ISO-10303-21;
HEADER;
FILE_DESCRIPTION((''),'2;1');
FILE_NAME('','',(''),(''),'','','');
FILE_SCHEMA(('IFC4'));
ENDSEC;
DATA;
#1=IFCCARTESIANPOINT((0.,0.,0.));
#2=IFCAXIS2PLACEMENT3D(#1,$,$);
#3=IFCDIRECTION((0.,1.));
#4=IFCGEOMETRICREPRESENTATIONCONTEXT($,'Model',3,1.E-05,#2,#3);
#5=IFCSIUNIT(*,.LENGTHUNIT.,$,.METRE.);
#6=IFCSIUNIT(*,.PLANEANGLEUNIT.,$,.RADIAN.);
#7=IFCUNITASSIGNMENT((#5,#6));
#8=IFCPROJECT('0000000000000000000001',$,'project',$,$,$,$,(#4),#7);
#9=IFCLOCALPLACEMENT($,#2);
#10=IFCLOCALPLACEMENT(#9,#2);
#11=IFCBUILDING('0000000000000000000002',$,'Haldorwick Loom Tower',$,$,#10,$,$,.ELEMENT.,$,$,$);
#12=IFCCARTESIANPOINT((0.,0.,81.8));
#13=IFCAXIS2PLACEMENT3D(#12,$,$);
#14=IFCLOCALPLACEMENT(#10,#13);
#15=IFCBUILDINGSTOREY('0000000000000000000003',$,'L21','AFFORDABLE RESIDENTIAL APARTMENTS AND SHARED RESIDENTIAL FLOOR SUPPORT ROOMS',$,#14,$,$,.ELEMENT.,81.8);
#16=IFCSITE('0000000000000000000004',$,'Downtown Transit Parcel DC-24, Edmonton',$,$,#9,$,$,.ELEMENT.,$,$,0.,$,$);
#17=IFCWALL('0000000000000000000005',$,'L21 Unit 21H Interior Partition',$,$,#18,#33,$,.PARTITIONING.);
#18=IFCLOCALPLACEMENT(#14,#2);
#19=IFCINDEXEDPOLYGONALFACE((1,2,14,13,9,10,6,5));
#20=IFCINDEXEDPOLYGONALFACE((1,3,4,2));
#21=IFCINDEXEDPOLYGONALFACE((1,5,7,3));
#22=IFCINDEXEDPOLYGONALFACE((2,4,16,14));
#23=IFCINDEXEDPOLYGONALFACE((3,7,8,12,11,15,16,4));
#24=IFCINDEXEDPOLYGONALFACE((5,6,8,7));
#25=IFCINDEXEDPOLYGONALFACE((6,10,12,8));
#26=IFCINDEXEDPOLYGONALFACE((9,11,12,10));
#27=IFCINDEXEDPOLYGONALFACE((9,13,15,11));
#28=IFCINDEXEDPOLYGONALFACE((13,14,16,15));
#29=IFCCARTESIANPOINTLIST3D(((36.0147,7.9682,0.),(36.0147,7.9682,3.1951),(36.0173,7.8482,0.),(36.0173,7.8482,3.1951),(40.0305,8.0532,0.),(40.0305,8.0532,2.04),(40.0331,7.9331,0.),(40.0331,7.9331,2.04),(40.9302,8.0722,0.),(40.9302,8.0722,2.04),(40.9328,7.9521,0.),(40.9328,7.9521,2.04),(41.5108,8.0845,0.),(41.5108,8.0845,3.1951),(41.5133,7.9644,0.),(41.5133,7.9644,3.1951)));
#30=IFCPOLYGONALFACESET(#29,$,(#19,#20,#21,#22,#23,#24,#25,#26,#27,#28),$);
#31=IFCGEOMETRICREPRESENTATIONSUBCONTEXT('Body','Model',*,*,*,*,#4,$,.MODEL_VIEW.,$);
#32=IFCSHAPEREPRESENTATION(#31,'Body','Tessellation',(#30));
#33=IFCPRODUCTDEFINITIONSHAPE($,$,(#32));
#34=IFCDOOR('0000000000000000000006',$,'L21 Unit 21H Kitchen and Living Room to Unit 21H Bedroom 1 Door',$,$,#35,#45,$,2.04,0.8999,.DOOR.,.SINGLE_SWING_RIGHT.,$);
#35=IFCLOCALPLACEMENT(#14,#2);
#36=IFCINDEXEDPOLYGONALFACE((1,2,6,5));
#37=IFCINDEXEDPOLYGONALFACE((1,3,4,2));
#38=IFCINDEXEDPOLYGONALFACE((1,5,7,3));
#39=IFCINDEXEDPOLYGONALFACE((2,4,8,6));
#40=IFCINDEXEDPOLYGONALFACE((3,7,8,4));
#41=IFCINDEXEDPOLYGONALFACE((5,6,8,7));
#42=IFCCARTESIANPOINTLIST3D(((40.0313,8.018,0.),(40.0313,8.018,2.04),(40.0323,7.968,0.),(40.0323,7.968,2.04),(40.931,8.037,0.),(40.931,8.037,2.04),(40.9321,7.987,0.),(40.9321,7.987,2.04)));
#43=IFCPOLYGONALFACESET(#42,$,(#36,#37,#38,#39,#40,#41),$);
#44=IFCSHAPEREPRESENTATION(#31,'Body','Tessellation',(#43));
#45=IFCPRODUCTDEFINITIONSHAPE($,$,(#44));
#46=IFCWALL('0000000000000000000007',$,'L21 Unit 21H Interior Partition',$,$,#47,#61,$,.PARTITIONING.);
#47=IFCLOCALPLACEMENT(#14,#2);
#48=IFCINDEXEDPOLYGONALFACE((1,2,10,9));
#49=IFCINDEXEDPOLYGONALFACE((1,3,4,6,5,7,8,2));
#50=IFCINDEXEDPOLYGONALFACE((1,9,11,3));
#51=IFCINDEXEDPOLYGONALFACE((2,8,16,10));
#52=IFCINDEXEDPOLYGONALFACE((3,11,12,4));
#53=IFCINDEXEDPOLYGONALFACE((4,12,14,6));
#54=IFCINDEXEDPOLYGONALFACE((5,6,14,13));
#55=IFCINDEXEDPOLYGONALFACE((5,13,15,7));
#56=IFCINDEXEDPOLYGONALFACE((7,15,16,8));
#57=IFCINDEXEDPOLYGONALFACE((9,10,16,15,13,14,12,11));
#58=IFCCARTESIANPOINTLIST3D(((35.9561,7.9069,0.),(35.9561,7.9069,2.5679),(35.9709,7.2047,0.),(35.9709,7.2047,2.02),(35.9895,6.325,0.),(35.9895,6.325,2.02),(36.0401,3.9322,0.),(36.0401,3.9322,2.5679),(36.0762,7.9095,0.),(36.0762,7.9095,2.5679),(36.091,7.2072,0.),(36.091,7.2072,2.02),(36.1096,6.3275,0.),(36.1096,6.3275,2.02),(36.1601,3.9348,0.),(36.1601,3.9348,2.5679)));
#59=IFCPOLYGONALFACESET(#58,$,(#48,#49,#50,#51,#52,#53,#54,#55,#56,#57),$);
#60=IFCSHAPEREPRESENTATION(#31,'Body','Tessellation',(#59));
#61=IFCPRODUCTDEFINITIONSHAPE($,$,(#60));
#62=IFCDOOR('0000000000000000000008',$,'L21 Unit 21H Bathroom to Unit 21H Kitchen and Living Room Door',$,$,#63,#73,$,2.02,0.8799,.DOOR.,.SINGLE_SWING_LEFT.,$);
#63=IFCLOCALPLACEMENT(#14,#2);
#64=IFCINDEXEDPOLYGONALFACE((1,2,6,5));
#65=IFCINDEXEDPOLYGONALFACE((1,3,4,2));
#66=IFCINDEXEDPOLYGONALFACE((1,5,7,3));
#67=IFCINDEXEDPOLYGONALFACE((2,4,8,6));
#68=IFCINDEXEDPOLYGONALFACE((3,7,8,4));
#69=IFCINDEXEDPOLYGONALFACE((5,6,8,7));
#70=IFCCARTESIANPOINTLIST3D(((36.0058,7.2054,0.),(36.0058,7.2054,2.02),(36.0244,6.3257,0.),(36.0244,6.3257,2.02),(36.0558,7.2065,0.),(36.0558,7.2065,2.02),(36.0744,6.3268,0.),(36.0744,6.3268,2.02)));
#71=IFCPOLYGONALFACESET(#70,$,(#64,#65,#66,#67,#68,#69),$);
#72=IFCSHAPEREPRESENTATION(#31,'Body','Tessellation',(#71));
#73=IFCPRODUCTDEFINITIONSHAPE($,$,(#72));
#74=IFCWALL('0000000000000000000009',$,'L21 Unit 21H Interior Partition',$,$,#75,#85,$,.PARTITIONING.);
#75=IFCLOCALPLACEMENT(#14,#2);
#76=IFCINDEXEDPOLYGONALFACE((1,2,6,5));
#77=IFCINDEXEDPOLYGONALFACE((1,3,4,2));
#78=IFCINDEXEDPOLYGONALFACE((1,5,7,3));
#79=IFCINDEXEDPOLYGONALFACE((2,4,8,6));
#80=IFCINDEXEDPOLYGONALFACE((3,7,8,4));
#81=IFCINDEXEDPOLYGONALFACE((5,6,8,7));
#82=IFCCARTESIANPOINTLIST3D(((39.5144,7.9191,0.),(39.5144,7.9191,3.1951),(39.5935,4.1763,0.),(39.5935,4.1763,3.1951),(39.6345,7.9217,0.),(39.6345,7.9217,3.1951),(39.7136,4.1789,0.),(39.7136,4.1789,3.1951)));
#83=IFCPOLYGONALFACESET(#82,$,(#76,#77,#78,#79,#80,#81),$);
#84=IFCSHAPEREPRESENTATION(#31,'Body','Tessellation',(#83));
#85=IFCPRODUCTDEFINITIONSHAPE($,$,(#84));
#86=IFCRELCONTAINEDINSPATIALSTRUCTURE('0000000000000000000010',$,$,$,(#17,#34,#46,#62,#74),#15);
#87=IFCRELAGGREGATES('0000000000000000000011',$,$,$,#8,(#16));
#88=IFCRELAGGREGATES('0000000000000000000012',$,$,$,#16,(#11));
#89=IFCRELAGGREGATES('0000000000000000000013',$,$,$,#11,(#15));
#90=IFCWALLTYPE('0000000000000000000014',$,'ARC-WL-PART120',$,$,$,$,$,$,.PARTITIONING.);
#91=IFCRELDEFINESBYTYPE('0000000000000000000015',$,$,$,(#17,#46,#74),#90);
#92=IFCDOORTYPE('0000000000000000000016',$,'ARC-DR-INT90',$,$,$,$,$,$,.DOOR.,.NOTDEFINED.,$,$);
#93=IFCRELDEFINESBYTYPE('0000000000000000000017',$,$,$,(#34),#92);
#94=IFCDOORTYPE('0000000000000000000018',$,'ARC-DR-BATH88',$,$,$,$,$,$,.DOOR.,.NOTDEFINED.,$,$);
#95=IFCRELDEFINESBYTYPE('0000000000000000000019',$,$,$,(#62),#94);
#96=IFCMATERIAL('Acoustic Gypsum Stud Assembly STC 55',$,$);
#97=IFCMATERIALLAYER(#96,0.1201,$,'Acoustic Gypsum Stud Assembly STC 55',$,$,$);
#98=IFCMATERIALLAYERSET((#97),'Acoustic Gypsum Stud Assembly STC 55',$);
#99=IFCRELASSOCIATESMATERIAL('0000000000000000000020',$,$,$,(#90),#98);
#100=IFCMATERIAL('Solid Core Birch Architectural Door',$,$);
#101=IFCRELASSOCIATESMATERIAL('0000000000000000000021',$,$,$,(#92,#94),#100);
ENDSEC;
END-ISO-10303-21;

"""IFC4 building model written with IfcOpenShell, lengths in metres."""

from ifc_helpers import new_model, si_unit, direction, frame, frame_2d, origin, place, context, subcontext, project, spatial, rectangle, extrude, material, layer, layer_set, type_object, element, fill, save


model = new_model("IFC4")

# Units and contexts
model_context = context("Model", 3, precision=1e-05, world=origin(), true_north=direction((0.0, 1.0)))
body_context = subcontext(model_context, "Body", "Model", "MODEL_VIEW")
ifc_project = project(units=[si_unit("LENGTHUNIT", "METRE"), si_unit("PLANEANGLEUNIT", "RADIAN")], contexts=[model_context])

# Site, building, storey
site_placement = place(None, origin())
site = spatial("IfcSite", under=ifc_project, at=site_placement, Name="Downtown Transit Parcel DC-24, Edmonton", CompositionType="ELEMENT", RefElevation=0.0)
building_placement = place(site_placement, origin())
building = spatial("IfcBuilding", under=site, at=building_placement, Name="Haldorwick Loom Tower", CompositionType="ELEMENT")
storey_placement = place(building_placement, frame((0.0, 0.0, 81.8)))
storey = spatial("IfcBuildingStorey", under=building, at=storey_placement, Name="L21", Description="AFFORDABLE RESIDENTIAL APARTMENTS AND SHARED RESIDENTIAL FLOOR SUPPORT ROOMS", CompositionType="ELEMENT", Elevation=81.8)

# Walls, openings, doors
ifc_material_1 = material(Name="Acoustic Gypsum Stud Assembly STC 55")
ifc_layer_1 = layer(ifc_material_1, 0.1201, Name="Acoustic Gypsum Stud Assembly STC 55")
ifc_layer_set_1 = layer_set([ifc_layer_1], Name="Acoustic Gypsum Stud Assembly STC 55")
wall_type_1 = type_object("IfcWallType", Name="ARC-WL-PART120", PredefinedType="PARTITIONING", material=ifc_layer_set_1)
wall_1_placement = place(storey_placement, frame((36.0161, 7.9082, 0.0), z_axis=(0.0, 0.0, 1.0), x_axis=(0.999777, 0.02114, 0.0)))
wall_1 = element("IfcWall", 1, at=wall_1_placement, inside=storey, type_object=wall_type_1, Name="L21 Unit 21H Interior Partition", PredefinedType="PARTITIONING", context=body_context, shape_type="SweptSolid", body=[
    extrude(rectangle(XDim=5.4973, YDim=0.1201, at=frame_2d((2.7485, 0.0))), origin(), (0.0, 0.0, 1.0), 3.1951),
])
opening_1_placement = place(wall_1_placement, frame((4.0166, 0.0, 0.0)))
opening_1 = element("IfcOpeningElement", 2, at=opening_1_placement, cuts=wall_1, PredefinedType="OPENING", context=body_context, shape_type="SweptSolid", body=[
    extrude(rectangle(XDim=0.8999, YDim=2.04, at=frame_2d((0.45, 1.02))), frame((0.0, 0.0701, 0.0), z_axis=(0.0, -1.0, 0.0), x_axis=(1.0, 0.0, 0.0)), (0.0, 0.0, 1.0), 0.1401),
])
ifc_material_2 = material(Name="Solid Core Birch Architectural Door")
door_type_1 = type_object("IfcDoorType", Name="ARC-DR-INT90", OperationType="NOTDEFINED", PredefinedType="DOOR", material=ifc_material_2)
door_1_placement = place(opening_1_placement, origin())
door_1 = element("IfcDoor", 3, at=door_1_placement, inside=storey, type_object=door_type_1, Name="L21 Unit 21H Kitchen and Living Room to Unit 21H Bedroom 1 Door", OperationType="SINGLE_SWING_RIGHT", OverallHeight=2.04, OverallWidth=0.8999, PredefinedType="DOOR", context=body_context, shape_type="SweptSolid", body=[
    extrude(rectangle(XDim=0.8999, YDim=2.04, at=frame_2d((0.45, 1.02))), frame((0.0, 0.0249, 0.0), z_axis=(0.0, -1.0, 0.0), x_axis=(1.0, 0.0, 0.0)), (0.0, 0.0, 1.0), 0.05),
])
fill(opening_1, door_1)
wall_2_placement = place(storey_placement, frame((36.0161, 7.9082, 0.0), z_axis=(0.0, 0.0, 1.0), x_axis=(0.021126, -0.999777, 0.0)))
wall_2 = element("IfcWall", 4, at=wall_2_placement, inside=storey, type_object=wall_type_1, Name="L21 Unit 21H Interior Partition", PredefinedType="PARTITIONING", context=body_context, shape_type="SweptSolid", body=[
    extrude(rectangle(XDim=3.9756, YDim=0.1201, at=frame_2d((1.9878, 0.0))), origin(), (0.0, 0.0, 1.0), 2.5679),
])
opening_2_placement = place(wall_2_placement, frame((0.7024, 0.0, 0.0)))
opening_2 = element("IfcOpeningElement", 5, at=opening_2_placement, cuts=wall_2, PredefinedType="OPENING", context=body_context, shape_type="SweptSolid", body=[
    extrude(rectangle(XDim=0.8799, YDim=2.02, at=frame_2d((0.4399, 1.01))), frame((0.0, 0.0701, 0.0), z_axis=(0.0, -1.0, 0.0), x_axis=(1.0, 0.0, 0.0)), (0.0, 0.0, 1.0), 0.1401),
])
door_type_2 = type_object("IfcDoorType", Name="ARC-DR-BATH88", OperationType="NOTDEFINED", PredefinedType="DOOR", material=ifc_material_2)
door_2_placement = place(opening_2_placement, origin())
door_2 = element("IfcDoor", 6, at=door_2_placement, inside=storey, type_object=door_type_2, Name="L21 Unit 21H Bathroom to Unit 21H Kitchen and Living Room Door", OperationType="SINGLE_SWING_LEFT", OverallHeight=2.02, OverallWidth=0.8799, PredefinedType="DOOR", context=body_context, shape_type="SweptSolid", body=[
    extrude(rectangle(XDim=0.8799, YDim=2.02, at=frame_2d((0.4399, 1.01))), frame((0.0, 0.0249, 0.0), z_axis=(0.0, -1.0, 0.0), x_axis=(1.0, 0.0, 0.0)), (0.0, 0.0, 1.0), 0.05),
])
fill(opening_2, door_2)

# Wall
wall_3_placement = place(storey_placement, frame((39.5745, 7.9204, 0.0), z_axis=(0.0, 0.0, 1.0), x_axis=(0.021129, -0.999777, 0.0)))
element("IfcWall", 7, at=wall_3_placement, inside=storey, type_object=wall_type_1, Name="L21 Unit 21H Interior Partition", PredefinedType="PARTITIONING", context=body_context, shape_type="SweptSolid", body=[
    extrude(rectangle(XDim=3.7437, YDim=0.1201, at=frame_2d((1.8718, 0.0))), origin(), (0.0, 0.0, 1.0), 3.1951),
])

save(model, "model.ifc")
